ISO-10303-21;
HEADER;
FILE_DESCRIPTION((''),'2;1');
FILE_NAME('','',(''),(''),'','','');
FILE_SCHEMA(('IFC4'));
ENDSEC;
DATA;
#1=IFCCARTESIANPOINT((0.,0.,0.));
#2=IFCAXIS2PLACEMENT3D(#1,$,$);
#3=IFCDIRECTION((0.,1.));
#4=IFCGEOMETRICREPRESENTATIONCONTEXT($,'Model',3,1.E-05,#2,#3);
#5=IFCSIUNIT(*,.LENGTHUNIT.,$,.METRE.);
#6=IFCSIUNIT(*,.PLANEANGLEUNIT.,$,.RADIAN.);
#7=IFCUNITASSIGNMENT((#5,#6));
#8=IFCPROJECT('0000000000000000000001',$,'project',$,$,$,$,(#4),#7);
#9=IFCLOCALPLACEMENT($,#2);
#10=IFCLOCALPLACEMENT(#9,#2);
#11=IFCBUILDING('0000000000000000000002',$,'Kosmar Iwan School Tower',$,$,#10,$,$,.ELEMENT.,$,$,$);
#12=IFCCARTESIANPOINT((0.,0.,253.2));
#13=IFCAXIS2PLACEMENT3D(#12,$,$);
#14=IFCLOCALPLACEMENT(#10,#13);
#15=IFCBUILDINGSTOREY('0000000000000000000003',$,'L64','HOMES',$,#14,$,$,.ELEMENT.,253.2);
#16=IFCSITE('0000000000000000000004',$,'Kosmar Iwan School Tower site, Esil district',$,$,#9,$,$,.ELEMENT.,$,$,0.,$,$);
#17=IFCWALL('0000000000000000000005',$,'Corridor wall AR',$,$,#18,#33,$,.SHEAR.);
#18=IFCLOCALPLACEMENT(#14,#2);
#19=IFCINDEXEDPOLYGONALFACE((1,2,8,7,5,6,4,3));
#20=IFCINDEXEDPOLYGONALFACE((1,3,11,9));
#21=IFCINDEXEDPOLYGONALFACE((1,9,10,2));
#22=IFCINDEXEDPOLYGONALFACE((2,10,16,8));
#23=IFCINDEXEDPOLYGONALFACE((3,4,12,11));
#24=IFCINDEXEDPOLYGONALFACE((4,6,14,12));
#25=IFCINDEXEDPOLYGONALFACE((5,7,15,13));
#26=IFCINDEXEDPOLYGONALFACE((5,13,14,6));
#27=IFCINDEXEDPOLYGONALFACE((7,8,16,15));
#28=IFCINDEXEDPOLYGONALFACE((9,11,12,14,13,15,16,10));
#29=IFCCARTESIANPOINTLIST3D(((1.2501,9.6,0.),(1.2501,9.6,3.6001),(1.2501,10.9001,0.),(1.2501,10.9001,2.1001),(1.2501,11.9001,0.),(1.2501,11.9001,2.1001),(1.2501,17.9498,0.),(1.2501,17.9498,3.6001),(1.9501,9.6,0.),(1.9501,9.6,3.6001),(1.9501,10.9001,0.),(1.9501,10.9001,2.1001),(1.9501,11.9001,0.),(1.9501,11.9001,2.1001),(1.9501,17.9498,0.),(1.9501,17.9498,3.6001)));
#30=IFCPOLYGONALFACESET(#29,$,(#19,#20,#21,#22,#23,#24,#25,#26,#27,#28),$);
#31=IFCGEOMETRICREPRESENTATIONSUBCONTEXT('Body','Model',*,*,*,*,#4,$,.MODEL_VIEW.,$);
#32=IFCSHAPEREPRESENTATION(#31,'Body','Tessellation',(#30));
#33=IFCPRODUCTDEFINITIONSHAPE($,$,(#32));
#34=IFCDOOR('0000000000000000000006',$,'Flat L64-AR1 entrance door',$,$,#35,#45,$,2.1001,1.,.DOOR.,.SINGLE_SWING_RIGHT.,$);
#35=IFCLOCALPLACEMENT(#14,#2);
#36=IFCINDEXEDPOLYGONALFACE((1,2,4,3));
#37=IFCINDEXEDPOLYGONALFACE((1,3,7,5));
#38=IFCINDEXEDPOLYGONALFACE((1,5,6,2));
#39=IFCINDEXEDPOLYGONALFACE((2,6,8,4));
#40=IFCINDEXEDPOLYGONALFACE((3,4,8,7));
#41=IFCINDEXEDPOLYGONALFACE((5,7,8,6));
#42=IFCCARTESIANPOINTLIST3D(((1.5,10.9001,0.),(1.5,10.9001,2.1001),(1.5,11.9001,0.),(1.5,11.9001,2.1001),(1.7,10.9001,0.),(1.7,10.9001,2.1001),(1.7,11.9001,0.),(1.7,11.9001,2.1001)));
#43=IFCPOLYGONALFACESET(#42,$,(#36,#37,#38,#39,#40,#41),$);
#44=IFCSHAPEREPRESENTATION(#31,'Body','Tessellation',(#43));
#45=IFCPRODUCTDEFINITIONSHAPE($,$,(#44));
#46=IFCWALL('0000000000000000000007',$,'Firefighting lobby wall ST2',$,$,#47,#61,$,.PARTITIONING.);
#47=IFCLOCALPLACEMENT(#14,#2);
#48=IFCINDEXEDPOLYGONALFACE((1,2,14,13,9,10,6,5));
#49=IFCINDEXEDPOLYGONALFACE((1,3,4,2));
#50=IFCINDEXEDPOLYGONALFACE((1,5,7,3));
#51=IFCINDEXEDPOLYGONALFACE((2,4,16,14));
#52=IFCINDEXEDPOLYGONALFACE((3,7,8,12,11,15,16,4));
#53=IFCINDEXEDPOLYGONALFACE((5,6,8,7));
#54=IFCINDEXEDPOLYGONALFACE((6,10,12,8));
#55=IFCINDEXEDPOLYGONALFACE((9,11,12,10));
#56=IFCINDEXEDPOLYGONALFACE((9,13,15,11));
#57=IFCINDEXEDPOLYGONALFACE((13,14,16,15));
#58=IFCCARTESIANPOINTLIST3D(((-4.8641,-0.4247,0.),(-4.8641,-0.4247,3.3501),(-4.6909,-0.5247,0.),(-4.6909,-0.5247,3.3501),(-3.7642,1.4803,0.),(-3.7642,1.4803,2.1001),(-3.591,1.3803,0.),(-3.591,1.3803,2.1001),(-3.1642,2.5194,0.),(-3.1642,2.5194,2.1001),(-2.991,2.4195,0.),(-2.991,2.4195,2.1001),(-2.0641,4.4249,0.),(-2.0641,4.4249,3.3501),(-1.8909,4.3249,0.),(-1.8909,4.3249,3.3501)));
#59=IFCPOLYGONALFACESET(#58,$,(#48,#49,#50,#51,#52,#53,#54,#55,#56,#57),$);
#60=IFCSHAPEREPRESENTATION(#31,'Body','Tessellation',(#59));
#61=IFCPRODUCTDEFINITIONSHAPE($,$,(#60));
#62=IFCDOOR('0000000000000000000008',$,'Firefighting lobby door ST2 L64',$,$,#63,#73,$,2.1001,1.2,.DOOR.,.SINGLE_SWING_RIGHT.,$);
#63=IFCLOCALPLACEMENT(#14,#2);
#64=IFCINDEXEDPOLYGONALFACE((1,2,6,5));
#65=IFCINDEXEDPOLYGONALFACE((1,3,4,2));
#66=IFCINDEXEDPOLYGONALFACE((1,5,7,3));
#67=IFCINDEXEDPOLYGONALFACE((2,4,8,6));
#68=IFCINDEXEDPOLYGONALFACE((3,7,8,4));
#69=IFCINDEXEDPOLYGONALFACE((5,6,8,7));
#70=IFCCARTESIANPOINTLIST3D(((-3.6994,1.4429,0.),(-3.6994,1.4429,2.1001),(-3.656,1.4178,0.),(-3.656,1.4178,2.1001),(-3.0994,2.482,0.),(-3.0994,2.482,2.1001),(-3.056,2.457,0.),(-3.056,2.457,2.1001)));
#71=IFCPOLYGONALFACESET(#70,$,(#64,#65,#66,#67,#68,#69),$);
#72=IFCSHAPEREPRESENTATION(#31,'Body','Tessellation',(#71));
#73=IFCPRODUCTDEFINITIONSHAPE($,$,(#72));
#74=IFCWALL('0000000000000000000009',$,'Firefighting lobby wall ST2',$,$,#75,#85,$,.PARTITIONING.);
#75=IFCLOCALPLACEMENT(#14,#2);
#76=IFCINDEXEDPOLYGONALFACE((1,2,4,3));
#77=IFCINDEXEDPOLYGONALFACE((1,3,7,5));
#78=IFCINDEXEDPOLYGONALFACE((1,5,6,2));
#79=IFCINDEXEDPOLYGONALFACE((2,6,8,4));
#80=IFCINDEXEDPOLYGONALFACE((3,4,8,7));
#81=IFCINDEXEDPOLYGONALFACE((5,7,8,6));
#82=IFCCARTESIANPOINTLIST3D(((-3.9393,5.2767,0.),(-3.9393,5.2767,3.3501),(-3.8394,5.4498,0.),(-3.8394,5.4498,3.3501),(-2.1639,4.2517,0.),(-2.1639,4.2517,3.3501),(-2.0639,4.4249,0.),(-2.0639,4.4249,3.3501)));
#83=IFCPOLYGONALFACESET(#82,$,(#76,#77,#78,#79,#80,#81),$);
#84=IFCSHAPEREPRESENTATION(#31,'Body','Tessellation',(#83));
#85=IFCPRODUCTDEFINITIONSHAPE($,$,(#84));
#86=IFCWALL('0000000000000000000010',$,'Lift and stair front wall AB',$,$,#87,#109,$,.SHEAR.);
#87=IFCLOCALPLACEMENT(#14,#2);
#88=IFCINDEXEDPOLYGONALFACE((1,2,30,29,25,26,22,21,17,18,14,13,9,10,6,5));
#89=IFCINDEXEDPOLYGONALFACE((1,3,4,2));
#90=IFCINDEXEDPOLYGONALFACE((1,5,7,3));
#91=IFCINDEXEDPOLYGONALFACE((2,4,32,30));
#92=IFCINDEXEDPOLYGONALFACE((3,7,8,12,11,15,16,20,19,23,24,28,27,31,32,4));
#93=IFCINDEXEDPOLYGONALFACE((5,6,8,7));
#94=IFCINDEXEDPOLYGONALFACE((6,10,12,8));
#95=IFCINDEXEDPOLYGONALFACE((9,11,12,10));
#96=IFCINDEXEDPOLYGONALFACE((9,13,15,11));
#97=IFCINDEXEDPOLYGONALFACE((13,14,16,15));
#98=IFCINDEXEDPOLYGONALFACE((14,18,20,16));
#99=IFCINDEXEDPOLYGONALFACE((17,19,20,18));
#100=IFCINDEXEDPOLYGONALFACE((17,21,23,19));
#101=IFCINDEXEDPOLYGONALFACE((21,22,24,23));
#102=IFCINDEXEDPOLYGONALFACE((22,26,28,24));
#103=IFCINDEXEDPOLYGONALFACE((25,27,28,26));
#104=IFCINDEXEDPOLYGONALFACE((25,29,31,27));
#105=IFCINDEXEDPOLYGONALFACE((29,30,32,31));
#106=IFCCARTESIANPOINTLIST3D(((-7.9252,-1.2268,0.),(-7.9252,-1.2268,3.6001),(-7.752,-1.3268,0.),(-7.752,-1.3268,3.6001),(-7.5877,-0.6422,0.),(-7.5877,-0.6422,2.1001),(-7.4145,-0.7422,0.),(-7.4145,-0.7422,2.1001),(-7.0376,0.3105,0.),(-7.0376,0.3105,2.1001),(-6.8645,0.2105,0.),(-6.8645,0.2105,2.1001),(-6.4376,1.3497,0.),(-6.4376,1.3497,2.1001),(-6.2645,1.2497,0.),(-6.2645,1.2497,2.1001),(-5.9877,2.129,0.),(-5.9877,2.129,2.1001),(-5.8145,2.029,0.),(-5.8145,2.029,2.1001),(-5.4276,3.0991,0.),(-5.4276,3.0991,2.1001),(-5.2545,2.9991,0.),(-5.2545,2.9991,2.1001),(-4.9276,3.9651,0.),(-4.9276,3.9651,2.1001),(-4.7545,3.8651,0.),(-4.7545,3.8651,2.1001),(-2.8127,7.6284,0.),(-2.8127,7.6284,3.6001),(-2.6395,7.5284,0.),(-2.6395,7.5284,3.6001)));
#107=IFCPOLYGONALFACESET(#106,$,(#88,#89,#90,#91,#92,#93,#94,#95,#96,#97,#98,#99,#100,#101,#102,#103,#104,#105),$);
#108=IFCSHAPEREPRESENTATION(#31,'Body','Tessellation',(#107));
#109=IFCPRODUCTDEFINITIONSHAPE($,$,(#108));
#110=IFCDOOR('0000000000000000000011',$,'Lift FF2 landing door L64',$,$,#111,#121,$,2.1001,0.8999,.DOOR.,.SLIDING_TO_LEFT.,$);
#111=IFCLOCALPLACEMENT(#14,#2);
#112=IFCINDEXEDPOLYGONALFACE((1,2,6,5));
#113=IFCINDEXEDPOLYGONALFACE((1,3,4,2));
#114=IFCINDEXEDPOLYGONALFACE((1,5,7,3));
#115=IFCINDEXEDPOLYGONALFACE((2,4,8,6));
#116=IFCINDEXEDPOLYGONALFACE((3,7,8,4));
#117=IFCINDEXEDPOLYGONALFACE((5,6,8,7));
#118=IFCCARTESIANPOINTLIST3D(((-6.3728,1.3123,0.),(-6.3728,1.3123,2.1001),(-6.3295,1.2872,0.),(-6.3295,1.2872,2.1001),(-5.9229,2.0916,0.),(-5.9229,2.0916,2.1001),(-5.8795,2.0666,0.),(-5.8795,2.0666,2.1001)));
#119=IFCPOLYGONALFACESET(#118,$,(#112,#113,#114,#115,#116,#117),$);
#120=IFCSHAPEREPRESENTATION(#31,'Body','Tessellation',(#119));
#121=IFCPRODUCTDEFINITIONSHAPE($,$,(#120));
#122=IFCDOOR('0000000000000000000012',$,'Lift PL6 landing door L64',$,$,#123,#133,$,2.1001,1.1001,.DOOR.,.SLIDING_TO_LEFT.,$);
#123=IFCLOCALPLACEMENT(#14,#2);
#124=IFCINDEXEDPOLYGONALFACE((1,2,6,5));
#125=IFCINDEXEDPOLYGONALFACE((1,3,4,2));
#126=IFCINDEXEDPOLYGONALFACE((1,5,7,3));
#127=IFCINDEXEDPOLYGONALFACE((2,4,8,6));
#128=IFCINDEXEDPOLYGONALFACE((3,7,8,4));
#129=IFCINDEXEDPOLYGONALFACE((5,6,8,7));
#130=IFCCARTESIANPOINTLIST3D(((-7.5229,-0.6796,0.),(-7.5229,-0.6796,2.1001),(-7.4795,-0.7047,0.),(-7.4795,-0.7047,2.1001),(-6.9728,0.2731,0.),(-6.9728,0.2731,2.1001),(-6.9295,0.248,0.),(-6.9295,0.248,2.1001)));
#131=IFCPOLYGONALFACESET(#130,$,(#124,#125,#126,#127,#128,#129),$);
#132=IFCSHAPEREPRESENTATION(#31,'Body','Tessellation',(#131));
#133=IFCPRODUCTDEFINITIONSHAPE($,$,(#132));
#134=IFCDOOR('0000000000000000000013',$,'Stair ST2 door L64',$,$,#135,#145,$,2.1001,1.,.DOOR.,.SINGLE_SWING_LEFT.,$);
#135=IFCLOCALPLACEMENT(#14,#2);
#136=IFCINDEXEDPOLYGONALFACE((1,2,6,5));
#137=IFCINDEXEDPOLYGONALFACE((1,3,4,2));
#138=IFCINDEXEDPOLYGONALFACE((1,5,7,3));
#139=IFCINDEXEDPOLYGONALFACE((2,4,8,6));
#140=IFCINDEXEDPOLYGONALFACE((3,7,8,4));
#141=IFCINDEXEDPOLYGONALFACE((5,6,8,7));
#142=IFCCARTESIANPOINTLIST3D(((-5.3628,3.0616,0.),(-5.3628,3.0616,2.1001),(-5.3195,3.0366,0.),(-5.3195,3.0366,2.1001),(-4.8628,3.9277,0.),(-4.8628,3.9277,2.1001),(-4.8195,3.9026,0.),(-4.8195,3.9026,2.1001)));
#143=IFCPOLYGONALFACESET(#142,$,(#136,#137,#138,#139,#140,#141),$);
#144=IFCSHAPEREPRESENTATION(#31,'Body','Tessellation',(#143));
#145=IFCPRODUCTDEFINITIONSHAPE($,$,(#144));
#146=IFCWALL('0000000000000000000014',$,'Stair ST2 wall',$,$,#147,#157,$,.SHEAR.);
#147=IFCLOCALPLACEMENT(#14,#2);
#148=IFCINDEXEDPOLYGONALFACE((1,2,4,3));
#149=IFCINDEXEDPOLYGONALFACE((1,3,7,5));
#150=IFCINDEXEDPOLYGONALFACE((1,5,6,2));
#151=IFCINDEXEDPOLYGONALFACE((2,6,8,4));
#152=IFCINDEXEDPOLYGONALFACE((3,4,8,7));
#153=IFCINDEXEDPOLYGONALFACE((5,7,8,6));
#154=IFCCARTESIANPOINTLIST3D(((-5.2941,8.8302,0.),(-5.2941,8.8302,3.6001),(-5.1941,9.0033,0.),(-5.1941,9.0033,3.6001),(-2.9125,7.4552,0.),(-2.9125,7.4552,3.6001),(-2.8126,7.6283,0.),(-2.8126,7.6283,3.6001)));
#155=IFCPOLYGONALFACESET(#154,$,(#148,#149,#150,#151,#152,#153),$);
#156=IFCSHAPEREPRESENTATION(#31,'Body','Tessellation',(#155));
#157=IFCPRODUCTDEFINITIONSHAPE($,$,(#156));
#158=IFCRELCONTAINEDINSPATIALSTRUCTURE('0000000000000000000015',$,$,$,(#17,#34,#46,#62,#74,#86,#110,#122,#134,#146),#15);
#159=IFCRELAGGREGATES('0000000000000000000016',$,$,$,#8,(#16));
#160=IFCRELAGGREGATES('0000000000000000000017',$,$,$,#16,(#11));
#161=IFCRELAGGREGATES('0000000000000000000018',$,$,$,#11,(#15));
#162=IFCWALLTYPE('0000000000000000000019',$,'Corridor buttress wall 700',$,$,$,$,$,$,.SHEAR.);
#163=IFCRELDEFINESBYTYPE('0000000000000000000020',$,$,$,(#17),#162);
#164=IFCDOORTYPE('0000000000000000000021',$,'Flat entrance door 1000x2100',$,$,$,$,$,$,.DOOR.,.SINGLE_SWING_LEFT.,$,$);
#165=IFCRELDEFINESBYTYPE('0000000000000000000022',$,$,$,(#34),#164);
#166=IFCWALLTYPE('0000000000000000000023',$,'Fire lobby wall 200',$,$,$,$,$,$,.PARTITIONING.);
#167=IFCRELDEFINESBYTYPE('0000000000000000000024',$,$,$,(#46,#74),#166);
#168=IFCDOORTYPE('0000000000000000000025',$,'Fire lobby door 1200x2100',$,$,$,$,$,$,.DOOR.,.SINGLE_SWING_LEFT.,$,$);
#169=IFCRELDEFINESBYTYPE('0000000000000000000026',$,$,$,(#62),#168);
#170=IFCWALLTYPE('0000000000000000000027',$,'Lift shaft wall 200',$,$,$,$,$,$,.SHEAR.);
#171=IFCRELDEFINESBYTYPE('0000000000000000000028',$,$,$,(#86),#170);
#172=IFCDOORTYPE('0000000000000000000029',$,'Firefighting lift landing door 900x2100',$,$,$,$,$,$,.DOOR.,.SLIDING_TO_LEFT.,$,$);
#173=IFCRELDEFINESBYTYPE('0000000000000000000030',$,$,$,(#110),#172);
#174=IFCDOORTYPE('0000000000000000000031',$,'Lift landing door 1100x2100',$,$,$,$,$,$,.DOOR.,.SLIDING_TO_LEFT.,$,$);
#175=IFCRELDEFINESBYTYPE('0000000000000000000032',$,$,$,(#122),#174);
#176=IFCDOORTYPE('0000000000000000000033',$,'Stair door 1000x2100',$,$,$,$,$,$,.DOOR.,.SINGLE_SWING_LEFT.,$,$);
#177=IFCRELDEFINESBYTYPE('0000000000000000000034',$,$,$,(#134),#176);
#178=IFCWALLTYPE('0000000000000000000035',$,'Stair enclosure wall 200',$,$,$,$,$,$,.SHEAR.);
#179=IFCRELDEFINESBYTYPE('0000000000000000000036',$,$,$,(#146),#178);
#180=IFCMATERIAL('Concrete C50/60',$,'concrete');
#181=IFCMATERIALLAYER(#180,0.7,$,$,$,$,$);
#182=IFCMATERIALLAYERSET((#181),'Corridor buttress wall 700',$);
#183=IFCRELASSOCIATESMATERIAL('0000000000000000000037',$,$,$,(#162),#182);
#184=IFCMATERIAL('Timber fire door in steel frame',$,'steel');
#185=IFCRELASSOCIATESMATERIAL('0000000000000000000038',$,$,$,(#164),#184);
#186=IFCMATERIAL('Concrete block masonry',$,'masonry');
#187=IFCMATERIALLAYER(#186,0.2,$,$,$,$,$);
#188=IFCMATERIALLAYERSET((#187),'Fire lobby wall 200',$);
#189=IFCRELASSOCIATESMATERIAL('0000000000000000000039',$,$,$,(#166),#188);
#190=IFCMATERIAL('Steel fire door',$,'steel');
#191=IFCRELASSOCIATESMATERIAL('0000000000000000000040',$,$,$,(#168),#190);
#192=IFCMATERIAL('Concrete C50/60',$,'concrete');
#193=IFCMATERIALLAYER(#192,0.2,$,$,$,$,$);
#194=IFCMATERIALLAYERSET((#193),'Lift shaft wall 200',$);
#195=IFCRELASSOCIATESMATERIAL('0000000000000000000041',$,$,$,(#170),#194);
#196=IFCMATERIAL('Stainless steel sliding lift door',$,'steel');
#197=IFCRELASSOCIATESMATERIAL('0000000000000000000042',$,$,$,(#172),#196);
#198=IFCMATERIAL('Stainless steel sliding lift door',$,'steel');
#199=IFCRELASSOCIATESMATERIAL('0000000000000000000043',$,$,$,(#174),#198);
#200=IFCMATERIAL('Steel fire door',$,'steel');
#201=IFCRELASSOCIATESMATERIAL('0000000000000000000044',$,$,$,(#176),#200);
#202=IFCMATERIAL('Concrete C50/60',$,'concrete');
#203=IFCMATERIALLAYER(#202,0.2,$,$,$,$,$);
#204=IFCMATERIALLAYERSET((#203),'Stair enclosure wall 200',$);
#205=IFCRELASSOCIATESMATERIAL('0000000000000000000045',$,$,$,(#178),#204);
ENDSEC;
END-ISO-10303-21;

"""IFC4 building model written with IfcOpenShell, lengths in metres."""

from ifc_helpers import new_model, si_unit, direction, frame, frame_2d, origin, place, context, subcontext, project, spatial, rectangle, extrude, material, layer, layer_set, type_object, element, fill, save


model = new_model("IFC4")

# Units and contexts
model_context = context("Model", 3, precision=1e-05, world=origin(), true_north=direction((0.0, 1.0)))
body_context = subcontext(model_context, "Body", "Model", "MODEL_VIEW")
ifc_project = project(units=[si_unit("LENGTHUNIT", "METRE"), si_unit("PLANEANGLEUNIT", "RADIAN")], contexts=[model_context])

# Site, building, storey
site_placement = place(None, origin())
site = spatial("IfcSite", under=ifc_project, at=site_placement, Name="Kosmar Iwan School Tower site, Esil district", CompositionType="ELEMENT", RefElevation=0.0)
building_placement = place(site_placement, origin())
building = spatial("IfcBuilding", under=site, at=building_placement, Name="Kosmar Iwan School Tower", CompositionType="ELEMENT")
storey_placement = place(building_placement, frame((0.0, 0.0, 253.2)))
storey = spatial("IfcBuildingStorey", under=building, at=storey_placement, Name="L64", Description="HOMES", CompositionType="ELEMENT", Elevation=253.2)

# Walls, openings, doors
ifc_material_1 = material(Name="Concrete C50/60", Category="concrete")
ifc_layer_1 = layer(ifc_material_1, 0.7)
ifc_layer_set_1 = layer_set([ifc_layer_1], Name="Corridor buttress wall 700")
wall_type_1 = type_object("IfcWallType", Name="Corridor buttress wall 700", PredefinedType="SHEAR", material=ifc_layer_set_1)
ifc_material_2 = material(Name="Timber fire door in steel frame", Category="steel")
door_type_1 = type_object("IfcDoorType", Name="Flat entrance door 1000x2100", OperationType="SINGLE_SWING_LEFT", PredefinedType="DOOR", material=ifc_material_2)
wall_1_placement = place(storey_placement, frame((1.6001, 9.6001, 0.0), z_axis=(0.0, 0.0, 1.0), x_axis=(0.0, 1.0, 0.0)))
wall_1 = element("IfcWall", 1, at=wall_1_placement, inside=storey, type_object=wall_type_1, Name="Corridor wall AR", PredefinedType="SHEAR", context=body_context, shape_type="SweptSolid", body=[
    extrude(rectangle(XDim=8.3499, YDim=0.7, at=frame_2d((4.1748, 0.0))), origin(), (0.0, 0.0, 1.0), 3.6001),
])
opening_1_placement = place(wall_1_placement, frame((1.3, 0.0, 0.0)))
opening_1 = element("IfcOpeningElement", 2, at=opening_1_placement, cuts=wall_1, PredefinedType="OPENING", context=body_context, shape_type="SweptSolid", body=[
    extrude(rectangle(XDim=1.0, YDim=2.1001, at=frame_2d((0.5, 1.05))), frame((0.0, 0.3621, 0.0), z_axis=(0.0, -1.0, 0.0), x_axis=(1.0, 0.0, 0.0)), (0.0, 0.0, 1.0), 0.7239),
])
door_1_placement = place(opening_1_placement, origin())
door_1 = element("IfcDoor", 3, at=door_1_placement, inside=storey, type_object=door_type_1, Name="Flat L64-AR1 entrance door", OperationType="SINGLE_SWING_RIGHT", OverallHeight=2.1001, OverallWidth=1.0, PredefinedType="DOOR", context=body_context, shape_type="SweptSolid", body=[
    extrude(rectangle(XDim=1.0, YDim=2.1001, at=frame_2d((0.5, 1.05))), frame((0.0, 0.1001, 0.0), z_axis=(0.0, -1.0, 0.0), x_axis=(1.0, 0.0, 0.0)), (0.0, 0.0, 1.0), 0.2),
])
fill(opening_1, door_1)
ifc_material_3 = material(Name="Concrete block masonry", Category="masonry")
ifc_layer_2 = layer(ifc_material_3, 0.2)
ifc_layer_set_2 = layer_set([ifc_layer_2], Name="Fire lobby wall 200")
wall_type_2 = type_object("IfcWallType", Name="Fire lobby wall 200", PredefinedType="PARTITIONING", material=ifc_layer_set_2)
wall_2_placement = place(storey_placement, frame((-1.9775, 4.3748, 0.0), z_axis=(0.0, 0.0, 1.0), x_axis=(-0.500017, -0.866016, 0.0)))
wall_2 = element("IfcWall", 4, at=wall_2_placement, inside=storey, type_object=wall_type_2, Name="Firefighting lobby wall ST2", PredefinedType="PARTITIONING", context=body_context, shape_type="SweptSolid", body=[
    extrude(rectangle(XDim=5.5999, YDim=0.2, at=frame_2d((2.7998, 0.0))), origin(), (0.0, 0.0, 1.0), 3.3501),
])
opening_2_placement = place(wall_2_placement, frame((2.2, 0.0, 0.0)))
opening_2 = element("IfcOpeningElement", 5, at=opening_2_placement, cuts=wall_2, PredefinedType="OPENING", context=body_context, shape_type="SweptSolid", body=[
    extrude(rectangle(XDim=1.2, YDim=2.1001, at=frame_2d((0.6001, 1.05))), frame((0.0, 0.1121, 0.0), z_axis=(0.0, -1.0, 0.0), x_axis=(1.0, 0.0, 0.0)), (0.0, 0.0, 1.0), 0.2239),
])
ifc_material_4 = material(Name="Steel fire door", Category="steel")
door_type_2 = type_object("IfcDoorType", Name="Fire lobby door 1200x2100", OperationType="SINGLE_SWING_LEFT", PredefinedType="DOOR", material=ifc_material_4)
door_2_placement = place(opening_2_placement, origin())
door_2 = element("IfcDoor", 6, at=door_2_placement, inside=storey, type_object=door_type_2, Name="Firefighting lobby door ST2 L64", OperationType="SINGLE_SWING_RIGHT", OverallHeight=2.1001, OverallWidth=1.2, PredefinedType="DOOR", context=body_context, shape_type="SweptSolid", body=[
    extrude(rectangle(XDim=1.2, YDim=2.1001, at=frame_2d((0.6001, 1.05))), frame((0.0, 0.0249, 0.0), z_axis=(0.0, -1.0, 0.0), x_axis=(1.0, 0.0, 0.0)), (0.0, 0.0, 1.0), 0.05),
])
fill(opening_2, door_2)

# Wall
wall_3_placement = place(storey_placement, frame((-2.114, 4.3384, 0.0), z_axis=(0.0, 0.0, 1.0), x_axis=(-0.866051, 0.499956, 0.0)))
element("IfcWall", 7, at=wall_3_placement, inside=storey, type_object=wall_type_2, Name="Firefighting lobby wall ST2", PredefinedType="PARTITIONING", context=body_context, shape_type="SweptSolid", body=[
    extrude(rectangle(XDim=2.05, YDim=0.2, at=frame_2d((1.0249, 0.0))), origin(), (0.0, 0.0, 1.0), 3.3501),
])

# Wall, openings, doors
ifc_material_5 = material(Name="Concrete C50/60", Category="concrete")
ifc_layer_3 = layer(ifc_material_5, 0.2)
ifc_layer_set_3 = layer_set([ifc_layer_3], Name="Lift shaft wall 200")
wall_type_3 = type_object("IfcWallType", Name="Lift shaft wall 200", PredefinedType="SHEAR", material=ifc_layer_set_3)
wall_4_placement = place(storey_placement, frame((-2.7261, 7.5784, 0.0), z_axis=(0.0, 0.0, 1.0), x_axis=(-0.499999, -0.866026, 0.0)))
wall_4 = element("IfcWall", 8, at=wall_4_placement, inside=storey, type_object=wall_type_3, Name="Lift and stair front wall AB", PredefinedType="SHEAR", context=body_context, shape_type="SweptSolid", body=[
    extrude(rectangle(XDim=10.2251, YDim=0.2, at=frame_2d((5.1125, 0.0))), origin(), (0.0, 0.0, 1.0), 3.6001),
])
opening_3_placement = place(wall_4_placement, frame((6.3501, 0.0, 0.0)))
opening_3 = element("IfcOpeningElement", 9, at=opening_3_placement, cuts=wall_4, PredefinedType="OPENING", context=body_context, shape_type="SweptSolid", body=[
    extrude(rectangle(XDim=0.8999, YDim=2.1001, at=frame_2d((0.45, 1.05))), frame((0.0, 0.1121, 0.0), z_axis=(0.0, -1.0, 0.0), x_axis=(1.0, 0.0, 0.0)), (0.0, 0.0, 1.0), 0.2239),
])
opening_4_placement = place(wall_4_placement, frame((8.45, 0.0, 0.0)))
opening_4 = element("IfcOpeningElement", 10, at=opening_4_placement, cuts=wall_4, PredefinedType="OPENING", context=body_context, shape_type="SweptSolid", body=[
    extrude(rectangle(XDim=1.1001, YDim=2.1001, at=frame_2d((0.55, 1.05))), frame((0.0, 0.1121, 0.0), z_axis=(0.0, -1.0, 0.0), x_axis=(1.0, 0.0, 0.0)), (0.0, 0.0, 1.0), 0.2239),
])
opening_5_placement = place(wall_4_placement, frame((4.23, 0.0, 0.0)))
opening_5 = element("IfcOpeningElement", 11, at=opening_5_placement, cuts=wall_4, PredefinedType="OPENING", context=body_context, shape_type="SweptSolid", body=[
    extrude(rectangle(XDim=1.0, YDim=2.1001, at=frame_2d((0.5, 1.05))), frame((0.0, 0.1121, 0.0), z_axis=(0.0, -1.0, 0.0), x_axis=(1.0, 0.0, 0.0)), (0.0, 0.0, 1.0), 0.2239),
])
ifc_material_6 = material(Name="Stainless steel sliding lift door", Category="steel")
door_type_3 = type_object("IfcDoorType", Name="Firefighting lift landing door 900x2100", OperationType="SLIDING_TO_LEFT", PredefinedType="DOOR", material=ifc_material_6)
door_3_placement = place(opening_3_placement, origin())
door_3 = element("IfcDoor", 12, at=door_3_placement, inside=storey, type_object=door_type_3, Name="Lift FF2 landing door L64", OperationType="SLIDING_TO_LEFT", OverallHeight=2.1001, OverallWidth=0.8999, PredefinedType="DOOR", context=body_context, shape_type="SweptSolid", body=[
    extrude(rectangle(XDim=0.8999, YDim=2.1001, at=frame_2d((0.45, 1.05))), frame((0.0, 0.0249, 0.0), z_axis=(0.0, -1.0, 0.0), x_axis=(1.0, 0.0, 0.0)), (0.0, 0.0, 1.0), 0.05),
])
fill(opening_3, door_3)
ifc_material_7 = material(Name="Stainless steel sliding lift door", Category="steel")
door_type_4 = type_object("IfcDoorType", Name="Lift landing door 1100x2100", OperationType="SLIDING_TO_LEFT", PredefinedType="DOOR", material=ifc_material_7)
door_4_placement = place(opening_4_placement, origin())
door_4 = element("IfcDoor", 13, at=door_4_placement, inside=storey, type_object=door_type_4, Name="Lift PL6 landing door L64", OperationType="SLIDING_TO_LEFT", OverallHeight=2.1001, OverallWidth=1.1001, PredefinedType="DOOR", context=body_context, shape_type="SweptSolid", body=[
    extrude(rectangle(XDim=1.1001, YDim=2.1001, at=frame_2d((0.55, 1.05))), frame((0.0, 0.0249, 0.0), z_axis=(0.0, -1.0, 0.0), x_axis=(1.0, 0.0, 0.0)), (0.0, 0.0, 1.0), 0.05),
])
fill(opening_4, door_4)
ifc_material_8 = material(Name="Steel fire door", Category="steel")
door_type_5 = type_object("IfcDoorType", Name="Stair door 1000x2100", OperationType="SINGLE_SWING_LEFT", PredefinedType="DOOR", material=ifc_material_8)
door_5_placement = place(opening_5_placement, origin())
door_5 = element("IfcDoor", 14, at=door_5_placement, inside=storey, type_object=door_type_5, Name="Stair ST2 door L64", OperationType="SINGLE_SWING_LEFT", OverallHeight=2.1001, OverallWidth=1.0, PredefinedType="DOOR", context=body_context, shape_type="SweptSolid", body=[
    extrude(rectangle(XDim=1.0, YDim=2.1001, at=frame_2d((0.5, 1.05))), frame((0.0, 0.0249, 0.0), z_axis=(0.0, -1.0, 0.0), x_axis=(1.0, 0.0, 0.0)), (0.0, 0.0, 1.0), 0.05),
])
fill(opening_5, door_5)

# Wall
ifc_material_9 = material(Name="Concrete C50/60", Category="concrete")
ifc_layer_4 = layer(ifc_material_9, 0.2)
ifc_layer_set_4 = layer_set([ifc_layer_4], Name="Stair enclosure wall 200")
wall_type_4 = type_object("IfcWallType", Name="Stair enclosure wall 200", PredefinedType="SHEAR", material=ifc_layer_set_4)
wall_5_placement = place(storey_placement, frame((-2.8625, 7.5417, 0.0), z_axis=(0.0, 0.0, 1.0), x_axis=(-0.866027, 0.499997, 0.0)))
element("IfcWall", 15, at=wall_5_placement, inside=storey, type_object=wall_type_4, Name="Stair ST2 wall", PredefinedType="SHEAR", context=body_context, shape_type="SweptSolid", body=[
    extrude(rectangle(XDim=2.75, YDim=0.2, at=frame_2d((1.375, 0.0))), origin(), (0.0, 0.0, 1.0), 3.6001),
])

save(model, "model.ifc")
